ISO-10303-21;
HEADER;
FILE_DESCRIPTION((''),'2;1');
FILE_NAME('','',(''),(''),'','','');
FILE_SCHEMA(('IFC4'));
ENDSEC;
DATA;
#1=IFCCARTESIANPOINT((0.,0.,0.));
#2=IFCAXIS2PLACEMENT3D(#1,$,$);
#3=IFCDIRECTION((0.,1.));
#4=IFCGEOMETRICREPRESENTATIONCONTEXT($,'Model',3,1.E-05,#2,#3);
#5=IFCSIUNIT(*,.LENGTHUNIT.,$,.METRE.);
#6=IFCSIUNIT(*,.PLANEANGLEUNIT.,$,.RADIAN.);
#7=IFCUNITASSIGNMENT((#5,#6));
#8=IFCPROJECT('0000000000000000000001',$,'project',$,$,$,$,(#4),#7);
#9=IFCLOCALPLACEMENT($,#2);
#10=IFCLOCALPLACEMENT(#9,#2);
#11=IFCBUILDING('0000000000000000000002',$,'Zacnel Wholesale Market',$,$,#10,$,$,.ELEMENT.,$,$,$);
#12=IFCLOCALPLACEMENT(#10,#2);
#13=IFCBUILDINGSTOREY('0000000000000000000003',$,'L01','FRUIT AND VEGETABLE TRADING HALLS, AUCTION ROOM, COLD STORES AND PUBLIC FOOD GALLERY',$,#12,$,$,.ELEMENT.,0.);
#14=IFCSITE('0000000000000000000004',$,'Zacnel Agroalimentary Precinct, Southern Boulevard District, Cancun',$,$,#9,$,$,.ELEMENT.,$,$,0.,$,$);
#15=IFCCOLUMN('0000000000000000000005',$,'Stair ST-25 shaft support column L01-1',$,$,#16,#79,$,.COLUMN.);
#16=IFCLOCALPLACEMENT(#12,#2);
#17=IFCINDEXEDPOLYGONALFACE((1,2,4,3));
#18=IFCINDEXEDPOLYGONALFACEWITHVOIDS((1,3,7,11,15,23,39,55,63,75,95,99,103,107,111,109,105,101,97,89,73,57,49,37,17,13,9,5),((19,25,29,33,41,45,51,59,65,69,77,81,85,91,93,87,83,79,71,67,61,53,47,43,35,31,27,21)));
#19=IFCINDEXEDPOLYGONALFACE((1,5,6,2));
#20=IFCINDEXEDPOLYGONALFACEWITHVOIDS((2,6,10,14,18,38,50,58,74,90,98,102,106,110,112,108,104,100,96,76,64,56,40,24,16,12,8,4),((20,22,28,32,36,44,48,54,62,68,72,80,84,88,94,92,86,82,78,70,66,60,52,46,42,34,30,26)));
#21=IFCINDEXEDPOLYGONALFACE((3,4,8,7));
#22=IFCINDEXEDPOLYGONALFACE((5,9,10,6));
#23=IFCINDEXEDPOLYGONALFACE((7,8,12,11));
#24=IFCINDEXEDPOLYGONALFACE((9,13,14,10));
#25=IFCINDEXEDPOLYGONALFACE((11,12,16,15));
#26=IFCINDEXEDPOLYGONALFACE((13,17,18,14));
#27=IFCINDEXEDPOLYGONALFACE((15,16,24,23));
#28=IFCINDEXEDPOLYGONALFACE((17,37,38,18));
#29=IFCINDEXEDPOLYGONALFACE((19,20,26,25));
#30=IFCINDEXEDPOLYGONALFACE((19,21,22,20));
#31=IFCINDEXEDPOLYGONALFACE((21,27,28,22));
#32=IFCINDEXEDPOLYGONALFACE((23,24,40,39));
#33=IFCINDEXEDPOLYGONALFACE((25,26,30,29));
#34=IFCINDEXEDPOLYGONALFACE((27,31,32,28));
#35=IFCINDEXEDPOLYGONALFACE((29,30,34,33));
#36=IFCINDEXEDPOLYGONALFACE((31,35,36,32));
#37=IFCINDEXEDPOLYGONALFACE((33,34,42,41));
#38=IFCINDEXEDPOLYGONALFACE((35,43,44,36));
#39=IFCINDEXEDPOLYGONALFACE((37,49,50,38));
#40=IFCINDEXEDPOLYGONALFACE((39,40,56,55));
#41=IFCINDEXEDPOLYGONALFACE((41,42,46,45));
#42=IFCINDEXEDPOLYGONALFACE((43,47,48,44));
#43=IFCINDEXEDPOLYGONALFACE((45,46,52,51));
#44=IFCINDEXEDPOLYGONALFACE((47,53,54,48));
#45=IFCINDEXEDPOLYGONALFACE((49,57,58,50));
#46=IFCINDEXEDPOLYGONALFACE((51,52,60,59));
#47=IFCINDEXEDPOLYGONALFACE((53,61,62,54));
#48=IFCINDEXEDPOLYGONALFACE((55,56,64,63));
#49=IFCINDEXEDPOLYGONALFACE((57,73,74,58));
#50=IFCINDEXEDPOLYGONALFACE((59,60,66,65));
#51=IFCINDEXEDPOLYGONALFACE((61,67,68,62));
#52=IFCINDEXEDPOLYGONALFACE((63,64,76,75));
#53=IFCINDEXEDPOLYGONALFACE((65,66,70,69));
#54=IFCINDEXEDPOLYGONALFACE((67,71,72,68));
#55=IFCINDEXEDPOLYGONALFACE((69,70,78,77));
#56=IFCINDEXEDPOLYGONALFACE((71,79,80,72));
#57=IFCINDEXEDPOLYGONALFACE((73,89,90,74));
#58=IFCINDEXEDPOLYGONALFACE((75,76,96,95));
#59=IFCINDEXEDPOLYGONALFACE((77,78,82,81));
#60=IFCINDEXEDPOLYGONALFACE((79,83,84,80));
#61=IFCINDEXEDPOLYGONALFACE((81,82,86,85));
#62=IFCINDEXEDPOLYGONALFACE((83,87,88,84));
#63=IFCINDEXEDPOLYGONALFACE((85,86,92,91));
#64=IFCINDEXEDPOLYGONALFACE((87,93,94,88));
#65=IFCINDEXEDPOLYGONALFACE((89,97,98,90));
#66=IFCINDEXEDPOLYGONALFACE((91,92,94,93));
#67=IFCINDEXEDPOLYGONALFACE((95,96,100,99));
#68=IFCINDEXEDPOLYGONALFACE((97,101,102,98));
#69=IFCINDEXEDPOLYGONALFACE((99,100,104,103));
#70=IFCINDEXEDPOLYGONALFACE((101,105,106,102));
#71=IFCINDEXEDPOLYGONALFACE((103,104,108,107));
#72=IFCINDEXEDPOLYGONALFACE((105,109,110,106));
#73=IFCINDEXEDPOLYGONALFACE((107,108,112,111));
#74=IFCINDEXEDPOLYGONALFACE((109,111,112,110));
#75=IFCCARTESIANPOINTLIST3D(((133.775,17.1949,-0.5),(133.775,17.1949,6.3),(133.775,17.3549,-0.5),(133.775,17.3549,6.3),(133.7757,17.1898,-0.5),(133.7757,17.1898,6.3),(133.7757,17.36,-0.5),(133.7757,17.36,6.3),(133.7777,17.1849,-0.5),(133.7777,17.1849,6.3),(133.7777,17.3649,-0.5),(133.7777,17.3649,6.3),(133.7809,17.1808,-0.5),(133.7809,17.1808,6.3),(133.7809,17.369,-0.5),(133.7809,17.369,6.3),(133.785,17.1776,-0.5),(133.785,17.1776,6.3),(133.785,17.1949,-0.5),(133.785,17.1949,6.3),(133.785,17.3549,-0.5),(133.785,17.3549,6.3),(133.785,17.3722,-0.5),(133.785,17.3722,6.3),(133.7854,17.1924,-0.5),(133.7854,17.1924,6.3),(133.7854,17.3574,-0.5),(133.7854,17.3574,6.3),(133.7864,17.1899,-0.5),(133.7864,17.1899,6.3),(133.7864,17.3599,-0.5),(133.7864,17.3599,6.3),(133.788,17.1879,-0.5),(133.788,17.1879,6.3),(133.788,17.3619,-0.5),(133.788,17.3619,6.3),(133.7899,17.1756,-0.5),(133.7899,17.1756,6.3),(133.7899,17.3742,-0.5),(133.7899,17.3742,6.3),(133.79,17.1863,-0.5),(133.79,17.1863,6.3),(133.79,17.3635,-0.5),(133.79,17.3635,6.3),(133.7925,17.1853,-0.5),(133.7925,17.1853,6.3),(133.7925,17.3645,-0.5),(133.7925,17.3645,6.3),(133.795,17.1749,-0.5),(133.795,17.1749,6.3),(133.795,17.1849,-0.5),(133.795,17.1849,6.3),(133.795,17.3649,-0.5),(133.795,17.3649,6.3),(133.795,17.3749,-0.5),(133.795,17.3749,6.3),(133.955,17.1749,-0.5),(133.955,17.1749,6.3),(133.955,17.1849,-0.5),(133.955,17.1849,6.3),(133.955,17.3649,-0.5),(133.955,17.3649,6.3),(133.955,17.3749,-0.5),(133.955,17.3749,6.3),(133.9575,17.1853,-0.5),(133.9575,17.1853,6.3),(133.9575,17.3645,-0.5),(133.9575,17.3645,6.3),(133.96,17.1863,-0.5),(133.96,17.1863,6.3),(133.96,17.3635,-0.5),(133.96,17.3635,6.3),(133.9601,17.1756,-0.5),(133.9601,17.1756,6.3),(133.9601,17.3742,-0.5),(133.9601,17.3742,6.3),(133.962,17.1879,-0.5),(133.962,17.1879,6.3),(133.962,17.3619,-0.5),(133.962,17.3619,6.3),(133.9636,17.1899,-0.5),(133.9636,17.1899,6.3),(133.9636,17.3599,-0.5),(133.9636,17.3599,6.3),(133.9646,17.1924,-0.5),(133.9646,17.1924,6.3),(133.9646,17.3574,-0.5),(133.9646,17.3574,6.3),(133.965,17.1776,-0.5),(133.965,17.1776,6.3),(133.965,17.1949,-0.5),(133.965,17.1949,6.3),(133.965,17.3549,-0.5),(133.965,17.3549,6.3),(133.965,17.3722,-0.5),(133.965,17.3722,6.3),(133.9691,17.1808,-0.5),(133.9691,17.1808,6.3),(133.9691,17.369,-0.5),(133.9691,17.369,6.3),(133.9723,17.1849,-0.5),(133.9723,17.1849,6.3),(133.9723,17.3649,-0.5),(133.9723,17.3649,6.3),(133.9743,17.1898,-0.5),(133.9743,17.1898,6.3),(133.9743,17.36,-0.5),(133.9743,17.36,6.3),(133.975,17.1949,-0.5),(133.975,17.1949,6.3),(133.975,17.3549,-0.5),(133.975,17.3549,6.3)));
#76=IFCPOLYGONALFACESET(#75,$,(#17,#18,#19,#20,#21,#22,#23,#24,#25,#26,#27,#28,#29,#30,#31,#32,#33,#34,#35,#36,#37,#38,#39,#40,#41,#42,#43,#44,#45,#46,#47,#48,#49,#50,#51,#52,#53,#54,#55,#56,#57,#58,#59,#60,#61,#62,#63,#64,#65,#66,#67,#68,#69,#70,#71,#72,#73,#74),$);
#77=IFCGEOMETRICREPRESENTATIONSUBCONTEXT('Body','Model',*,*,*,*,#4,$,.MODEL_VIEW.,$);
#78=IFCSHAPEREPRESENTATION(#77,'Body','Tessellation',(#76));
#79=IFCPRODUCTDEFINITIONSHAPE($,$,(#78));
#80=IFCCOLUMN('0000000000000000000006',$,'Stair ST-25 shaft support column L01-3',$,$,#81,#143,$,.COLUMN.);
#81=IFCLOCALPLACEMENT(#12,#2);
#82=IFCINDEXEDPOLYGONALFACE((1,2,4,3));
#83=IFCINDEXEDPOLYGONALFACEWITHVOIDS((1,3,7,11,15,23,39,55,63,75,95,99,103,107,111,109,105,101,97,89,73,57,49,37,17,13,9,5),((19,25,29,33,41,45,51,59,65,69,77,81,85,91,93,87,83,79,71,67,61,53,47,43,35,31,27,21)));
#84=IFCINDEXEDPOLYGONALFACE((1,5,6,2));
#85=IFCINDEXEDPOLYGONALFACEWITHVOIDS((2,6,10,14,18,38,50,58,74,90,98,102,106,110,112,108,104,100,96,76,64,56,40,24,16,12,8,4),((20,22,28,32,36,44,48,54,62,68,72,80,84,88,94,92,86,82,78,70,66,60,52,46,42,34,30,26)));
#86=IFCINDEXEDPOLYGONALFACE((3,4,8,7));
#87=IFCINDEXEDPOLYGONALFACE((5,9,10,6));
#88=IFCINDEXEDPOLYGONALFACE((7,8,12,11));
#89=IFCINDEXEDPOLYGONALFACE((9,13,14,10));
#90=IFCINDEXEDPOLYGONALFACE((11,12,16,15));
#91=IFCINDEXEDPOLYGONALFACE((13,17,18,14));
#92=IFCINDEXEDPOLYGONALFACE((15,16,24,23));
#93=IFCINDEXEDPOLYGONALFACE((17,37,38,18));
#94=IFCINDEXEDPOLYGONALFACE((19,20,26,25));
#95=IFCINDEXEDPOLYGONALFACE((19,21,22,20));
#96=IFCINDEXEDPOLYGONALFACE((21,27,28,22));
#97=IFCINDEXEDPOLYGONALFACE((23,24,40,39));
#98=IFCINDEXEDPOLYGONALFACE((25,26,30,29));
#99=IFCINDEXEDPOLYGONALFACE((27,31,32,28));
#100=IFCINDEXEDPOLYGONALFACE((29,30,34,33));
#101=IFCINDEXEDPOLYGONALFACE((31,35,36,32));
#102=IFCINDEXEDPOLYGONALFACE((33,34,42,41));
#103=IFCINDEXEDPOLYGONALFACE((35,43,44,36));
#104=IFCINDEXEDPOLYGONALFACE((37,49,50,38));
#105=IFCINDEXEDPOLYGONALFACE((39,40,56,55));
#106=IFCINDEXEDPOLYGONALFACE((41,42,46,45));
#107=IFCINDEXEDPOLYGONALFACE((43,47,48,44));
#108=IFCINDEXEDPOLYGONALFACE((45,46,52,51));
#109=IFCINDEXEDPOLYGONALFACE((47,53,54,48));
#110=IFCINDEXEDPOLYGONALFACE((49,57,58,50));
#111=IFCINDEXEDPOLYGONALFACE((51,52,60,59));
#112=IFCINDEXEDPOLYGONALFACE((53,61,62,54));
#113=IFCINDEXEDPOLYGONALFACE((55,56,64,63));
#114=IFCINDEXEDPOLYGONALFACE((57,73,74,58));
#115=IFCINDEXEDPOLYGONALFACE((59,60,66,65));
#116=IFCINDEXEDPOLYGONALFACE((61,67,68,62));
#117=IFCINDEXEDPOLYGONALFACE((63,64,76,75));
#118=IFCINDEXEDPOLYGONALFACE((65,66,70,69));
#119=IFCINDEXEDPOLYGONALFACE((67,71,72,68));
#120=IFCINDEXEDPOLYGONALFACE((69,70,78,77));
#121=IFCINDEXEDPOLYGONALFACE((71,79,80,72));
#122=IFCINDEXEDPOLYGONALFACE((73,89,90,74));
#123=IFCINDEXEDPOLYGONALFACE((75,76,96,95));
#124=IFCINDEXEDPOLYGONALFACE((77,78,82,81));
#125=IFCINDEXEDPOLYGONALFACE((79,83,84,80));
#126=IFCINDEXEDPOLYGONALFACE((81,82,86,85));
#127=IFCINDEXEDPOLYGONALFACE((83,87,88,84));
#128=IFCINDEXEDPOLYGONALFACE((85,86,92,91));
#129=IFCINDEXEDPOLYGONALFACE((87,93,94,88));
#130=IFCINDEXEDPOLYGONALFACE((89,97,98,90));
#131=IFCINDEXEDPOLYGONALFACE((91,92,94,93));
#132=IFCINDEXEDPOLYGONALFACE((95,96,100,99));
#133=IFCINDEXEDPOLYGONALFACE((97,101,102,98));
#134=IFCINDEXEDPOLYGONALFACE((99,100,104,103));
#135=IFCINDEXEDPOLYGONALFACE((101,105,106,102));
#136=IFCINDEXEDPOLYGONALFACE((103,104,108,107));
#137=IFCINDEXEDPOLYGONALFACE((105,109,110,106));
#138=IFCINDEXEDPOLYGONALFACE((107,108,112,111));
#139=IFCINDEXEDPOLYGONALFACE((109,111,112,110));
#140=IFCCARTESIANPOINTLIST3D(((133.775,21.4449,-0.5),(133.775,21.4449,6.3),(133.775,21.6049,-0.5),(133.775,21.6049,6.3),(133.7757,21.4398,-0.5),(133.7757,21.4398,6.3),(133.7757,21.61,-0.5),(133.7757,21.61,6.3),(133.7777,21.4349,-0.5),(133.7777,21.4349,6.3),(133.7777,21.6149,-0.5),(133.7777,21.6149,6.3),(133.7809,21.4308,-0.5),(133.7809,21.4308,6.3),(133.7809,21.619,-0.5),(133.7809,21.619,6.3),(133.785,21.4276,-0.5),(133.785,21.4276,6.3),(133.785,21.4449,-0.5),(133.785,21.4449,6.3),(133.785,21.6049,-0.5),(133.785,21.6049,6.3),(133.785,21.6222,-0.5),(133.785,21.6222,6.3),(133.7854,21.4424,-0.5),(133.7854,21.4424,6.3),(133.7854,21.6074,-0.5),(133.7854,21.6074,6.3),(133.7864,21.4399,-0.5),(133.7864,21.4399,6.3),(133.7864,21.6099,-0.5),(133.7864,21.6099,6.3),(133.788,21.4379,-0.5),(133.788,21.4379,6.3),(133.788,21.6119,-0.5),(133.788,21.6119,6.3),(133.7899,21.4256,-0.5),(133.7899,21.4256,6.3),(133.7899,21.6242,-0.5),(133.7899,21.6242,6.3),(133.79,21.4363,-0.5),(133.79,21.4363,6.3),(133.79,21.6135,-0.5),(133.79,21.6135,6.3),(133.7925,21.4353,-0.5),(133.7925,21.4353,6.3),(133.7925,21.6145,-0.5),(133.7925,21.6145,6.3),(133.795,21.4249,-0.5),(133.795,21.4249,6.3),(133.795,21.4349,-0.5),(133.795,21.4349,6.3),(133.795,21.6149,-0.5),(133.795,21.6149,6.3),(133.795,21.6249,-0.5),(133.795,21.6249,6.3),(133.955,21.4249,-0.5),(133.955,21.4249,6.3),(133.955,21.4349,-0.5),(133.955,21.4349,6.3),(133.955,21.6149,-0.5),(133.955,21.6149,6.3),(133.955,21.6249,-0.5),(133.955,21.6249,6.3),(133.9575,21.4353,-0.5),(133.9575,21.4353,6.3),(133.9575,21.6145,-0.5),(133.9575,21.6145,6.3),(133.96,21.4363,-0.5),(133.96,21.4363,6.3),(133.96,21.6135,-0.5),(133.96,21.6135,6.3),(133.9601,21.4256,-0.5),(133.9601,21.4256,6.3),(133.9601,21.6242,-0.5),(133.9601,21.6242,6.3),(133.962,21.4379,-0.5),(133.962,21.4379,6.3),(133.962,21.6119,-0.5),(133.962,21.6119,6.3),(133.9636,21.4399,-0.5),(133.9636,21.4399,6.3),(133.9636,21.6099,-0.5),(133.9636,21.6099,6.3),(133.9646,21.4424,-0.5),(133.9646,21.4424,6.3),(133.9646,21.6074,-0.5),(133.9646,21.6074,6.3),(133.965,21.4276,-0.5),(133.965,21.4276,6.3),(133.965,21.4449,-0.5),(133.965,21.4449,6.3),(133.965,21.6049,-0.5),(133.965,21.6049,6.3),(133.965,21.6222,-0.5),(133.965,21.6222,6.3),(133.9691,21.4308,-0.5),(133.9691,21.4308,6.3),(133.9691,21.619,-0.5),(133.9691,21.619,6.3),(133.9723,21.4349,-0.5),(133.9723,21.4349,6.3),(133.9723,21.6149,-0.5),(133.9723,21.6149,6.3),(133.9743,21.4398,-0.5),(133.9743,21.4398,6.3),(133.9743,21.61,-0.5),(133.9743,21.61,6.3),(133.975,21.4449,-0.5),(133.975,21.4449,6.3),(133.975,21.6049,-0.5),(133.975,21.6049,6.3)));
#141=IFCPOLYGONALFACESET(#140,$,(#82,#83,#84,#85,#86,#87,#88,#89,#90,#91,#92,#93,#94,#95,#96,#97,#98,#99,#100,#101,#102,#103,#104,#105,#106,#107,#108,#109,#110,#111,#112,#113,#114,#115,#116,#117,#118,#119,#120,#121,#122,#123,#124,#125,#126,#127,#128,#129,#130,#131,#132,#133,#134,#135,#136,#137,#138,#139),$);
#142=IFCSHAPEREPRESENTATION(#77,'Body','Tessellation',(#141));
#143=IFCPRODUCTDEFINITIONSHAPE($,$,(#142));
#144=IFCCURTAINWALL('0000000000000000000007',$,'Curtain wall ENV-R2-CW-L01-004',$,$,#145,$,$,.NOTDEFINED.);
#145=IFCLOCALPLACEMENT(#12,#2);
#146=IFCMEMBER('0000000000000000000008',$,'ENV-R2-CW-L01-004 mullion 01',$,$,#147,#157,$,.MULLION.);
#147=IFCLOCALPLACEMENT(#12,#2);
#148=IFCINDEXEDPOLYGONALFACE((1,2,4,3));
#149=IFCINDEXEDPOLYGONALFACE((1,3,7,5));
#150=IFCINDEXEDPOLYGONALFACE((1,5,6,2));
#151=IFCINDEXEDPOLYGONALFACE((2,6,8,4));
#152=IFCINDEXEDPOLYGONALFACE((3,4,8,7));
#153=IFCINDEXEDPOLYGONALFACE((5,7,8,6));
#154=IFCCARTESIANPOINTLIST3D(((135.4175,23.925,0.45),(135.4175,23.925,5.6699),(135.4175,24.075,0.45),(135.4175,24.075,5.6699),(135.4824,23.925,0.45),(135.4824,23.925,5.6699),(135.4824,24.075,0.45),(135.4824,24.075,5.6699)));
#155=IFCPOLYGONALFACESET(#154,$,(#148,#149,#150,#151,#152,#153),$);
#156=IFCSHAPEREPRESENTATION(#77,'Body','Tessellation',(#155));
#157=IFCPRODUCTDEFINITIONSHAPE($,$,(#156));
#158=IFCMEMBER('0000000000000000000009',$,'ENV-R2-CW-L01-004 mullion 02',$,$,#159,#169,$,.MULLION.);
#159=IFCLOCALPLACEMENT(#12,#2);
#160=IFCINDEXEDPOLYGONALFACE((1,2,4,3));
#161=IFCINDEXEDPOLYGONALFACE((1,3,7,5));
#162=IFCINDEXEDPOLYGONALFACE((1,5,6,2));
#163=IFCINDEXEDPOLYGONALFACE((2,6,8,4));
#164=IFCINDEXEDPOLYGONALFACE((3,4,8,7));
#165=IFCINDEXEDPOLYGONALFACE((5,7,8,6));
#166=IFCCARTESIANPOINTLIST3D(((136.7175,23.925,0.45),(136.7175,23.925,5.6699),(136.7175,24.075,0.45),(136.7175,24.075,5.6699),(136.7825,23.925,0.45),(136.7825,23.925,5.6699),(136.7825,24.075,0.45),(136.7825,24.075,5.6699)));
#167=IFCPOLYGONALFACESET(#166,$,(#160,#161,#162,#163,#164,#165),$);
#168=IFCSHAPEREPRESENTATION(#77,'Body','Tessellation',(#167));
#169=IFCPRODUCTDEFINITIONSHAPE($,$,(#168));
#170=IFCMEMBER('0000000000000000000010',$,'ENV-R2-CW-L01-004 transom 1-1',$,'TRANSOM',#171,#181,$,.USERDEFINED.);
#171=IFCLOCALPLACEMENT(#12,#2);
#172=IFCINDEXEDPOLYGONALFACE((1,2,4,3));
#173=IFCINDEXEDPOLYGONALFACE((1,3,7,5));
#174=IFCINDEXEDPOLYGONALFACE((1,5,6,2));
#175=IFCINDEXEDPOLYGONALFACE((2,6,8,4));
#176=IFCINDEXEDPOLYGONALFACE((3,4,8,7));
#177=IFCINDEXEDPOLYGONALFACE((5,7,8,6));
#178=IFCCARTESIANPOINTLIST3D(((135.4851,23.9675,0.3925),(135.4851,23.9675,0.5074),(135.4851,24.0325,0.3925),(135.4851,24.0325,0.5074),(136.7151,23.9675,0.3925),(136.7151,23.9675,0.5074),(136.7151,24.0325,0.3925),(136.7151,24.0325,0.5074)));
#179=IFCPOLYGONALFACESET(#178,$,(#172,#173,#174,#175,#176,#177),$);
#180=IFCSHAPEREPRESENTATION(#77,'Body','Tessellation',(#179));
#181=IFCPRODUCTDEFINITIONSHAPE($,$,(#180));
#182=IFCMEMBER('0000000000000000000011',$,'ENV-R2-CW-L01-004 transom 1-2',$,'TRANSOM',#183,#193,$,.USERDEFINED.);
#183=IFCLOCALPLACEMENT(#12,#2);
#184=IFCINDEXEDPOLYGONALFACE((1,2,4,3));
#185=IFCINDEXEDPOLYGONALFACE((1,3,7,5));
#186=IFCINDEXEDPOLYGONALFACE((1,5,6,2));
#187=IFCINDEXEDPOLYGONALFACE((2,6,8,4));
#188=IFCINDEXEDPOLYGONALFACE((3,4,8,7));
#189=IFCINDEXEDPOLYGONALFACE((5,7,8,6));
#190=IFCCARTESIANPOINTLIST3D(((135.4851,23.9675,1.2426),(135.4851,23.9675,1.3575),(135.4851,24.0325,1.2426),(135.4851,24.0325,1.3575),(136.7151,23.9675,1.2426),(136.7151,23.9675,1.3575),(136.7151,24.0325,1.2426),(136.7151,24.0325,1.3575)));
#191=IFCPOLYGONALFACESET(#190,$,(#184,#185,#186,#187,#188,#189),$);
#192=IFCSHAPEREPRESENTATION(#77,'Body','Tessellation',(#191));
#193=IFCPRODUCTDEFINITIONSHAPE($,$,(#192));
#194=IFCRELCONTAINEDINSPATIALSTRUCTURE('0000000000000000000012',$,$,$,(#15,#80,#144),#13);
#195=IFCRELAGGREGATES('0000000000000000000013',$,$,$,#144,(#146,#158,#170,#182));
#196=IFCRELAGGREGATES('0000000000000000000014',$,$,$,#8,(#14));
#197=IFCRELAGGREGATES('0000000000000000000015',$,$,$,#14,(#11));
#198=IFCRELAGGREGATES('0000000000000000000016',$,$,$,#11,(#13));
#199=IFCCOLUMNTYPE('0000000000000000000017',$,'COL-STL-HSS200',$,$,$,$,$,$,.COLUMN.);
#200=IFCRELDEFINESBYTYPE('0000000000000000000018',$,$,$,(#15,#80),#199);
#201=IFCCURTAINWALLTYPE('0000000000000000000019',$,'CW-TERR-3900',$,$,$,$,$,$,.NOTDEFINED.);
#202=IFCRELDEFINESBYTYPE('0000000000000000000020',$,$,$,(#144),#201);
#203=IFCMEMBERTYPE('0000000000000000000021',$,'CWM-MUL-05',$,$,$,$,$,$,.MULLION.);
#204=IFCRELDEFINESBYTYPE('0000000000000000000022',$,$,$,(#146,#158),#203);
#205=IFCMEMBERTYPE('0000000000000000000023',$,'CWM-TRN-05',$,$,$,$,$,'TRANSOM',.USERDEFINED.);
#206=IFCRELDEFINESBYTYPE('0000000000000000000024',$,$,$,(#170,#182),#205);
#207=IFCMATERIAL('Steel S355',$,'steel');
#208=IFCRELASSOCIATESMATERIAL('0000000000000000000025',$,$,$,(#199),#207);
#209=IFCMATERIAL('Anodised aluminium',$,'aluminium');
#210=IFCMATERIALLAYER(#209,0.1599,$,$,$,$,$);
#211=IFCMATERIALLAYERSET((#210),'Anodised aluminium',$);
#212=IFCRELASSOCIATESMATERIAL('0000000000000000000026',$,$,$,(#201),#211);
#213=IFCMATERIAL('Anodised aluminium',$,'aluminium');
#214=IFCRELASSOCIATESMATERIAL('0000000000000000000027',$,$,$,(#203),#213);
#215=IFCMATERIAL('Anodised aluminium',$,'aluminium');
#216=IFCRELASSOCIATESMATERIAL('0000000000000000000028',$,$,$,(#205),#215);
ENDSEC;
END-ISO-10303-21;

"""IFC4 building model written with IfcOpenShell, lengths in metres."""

from ifc_helpers import new_model, si_unit, direction, frame, origin, origin_2d, place, context, subcontext, project, spatial, rectangle, hollow_rectangle, extrude, material, layer, layer_set, material_profile, profile_set, type_object, element, aggregate, save


model = new_model("IFC4")

# Units and contexts
model_context = context("Model", 3, precision=1e-05, world=origin(), true_north=direction((0.0, 1.0)))
body_context = subcontext(model_context, "Body", "Model", "MODEL_VIEW")
ifc_project = project(units=[si_unit("LENGTHUNIT", "METRE"), si_unit("PLANEANGLEUNIT", "RADIAN")], contexts=[model_context])

# Site, building, storey
site_placement = place(None, origin())
site = spatial("IfcSite", under=ifc_project, at=site_placement, Name="Zacnel Agroalimentary Precinct, Southern Boulevard District, Cancun", CompositionType="ELEMENT", RefElevation=0.0)
building_placement = place(site_placement, origin())
building = spatial("IfcBuilding", under=site, at=building_placement, Name="Zacnel Wholesale Market", CompositionType="ELEMENT")
storey_placement = place(building_placement, origin())
storey = spatial("IfcBuildingStorey", under=building, at=storey_placement, Name="L01", Description="FRUIT AND VEGETABLE TRADING HALLS, AUCTION ROOM, COLD STORES AND PUBLIC FOOD GALLERY", CompositionType="ELEMENT", Elevation=0.0)

# Columns
ifc_material_1 = material(Name="Steel S355", Category="steel")
ifc_material_profile_1 = material_profile(ifc_material_1, hollow_rectangle(XDim=0.2, YDim=0.2, WallThickness=0.01, InnerFilletRadius=0.01, OuterFilletRadius=0.02, at=origin_2d()), Name="HSS 200x200x10")
ifc_profile_set_1 = profile_set([ifc_material_profile_1], Name="Steel S355")
column_type_1 = type_object("IfcColumnType", Name="COL-STL-HSS200", PredefinedType="COLUMN", material=ifc_profile_set_1)
for number, where, z_axis, x_axis, name in (
    (1, (133.875, 17.2749, -0.5), (0.0, 0.0, 1.0), (1.0, 0.0, 0.0), "Stair ST-25 shaft support column L01-1"),
    (2, (133.875, 21.5249, -0.5), (0.0, 0.0, 1.0), (1.0, 0.0, 0.0), "Stair ST-25 shaft support column L01-3"),
):
    element("IfcColumn", number, at=place(storey_placement, frame(where, z_axis=z_axis, x_axis=x_axis)), inside=storey, type_object=column_type_1, Name=name, PredefinedType="COLUMN", context=body_context, shape_type="SweptSolid", body=[
        extrude(hollow_rectangle(XDim=0.2, YDim=0.2, WallThickness=0.01, InnerFilletRadius=0.01, OuterFilletRadius=0.02, at=origin_2d()), origin(), (0.0, 0.0, 1.0), 6.8),
    ])

# Curtain wall, members
ifc_material_2 = material(Name="Anodised aluminium", Category="aluminium")
ifc_layer_1 = layer(ifc_material_2, 0.1599)
ifc_layer_set_1 = layer_set([ifc_layer_1], Name="Anodised aluminium")
curtain_wall_type = type_object("IfcCurtainWallType", Name="CW-TERR-3900", PredefinedType="NOTDEFINED", material=ifc_layer_set_1)
curtain_wall_placement = place(storey_placement, origin())
curtain_wall = element("IfcCurtainWall", 3, at=curtain_wall_placement, inside=storey, type_object=curtain_wall_type, Name="Curtain wall ENV-R2-CW-L01-004", PredefinedType="NOTDEFINED")
ifc_material_3 = material(Name="Anodised aluminium", Category="aluminium")
ifc_material_profile_2 = material_profile(ifc_material_3, rectangle(XDim=0.0649, YDim=0.1499, at=origin_2d()), Name="AW-MULLION 65x150")
ifc_profile_set_2 = profile_set([ifc_material_profile_2], Name="Anodised aluminium")
member_type_1 = type_object("IfcMemberType", Name="CWM-MUL-05", PredefinedType="MULLION", material=ifc_profile_set_2)
member_1_placement = place(storey_placement, frame((135.45, 24.0, 0.45), z_axis=(0.0, 0.0, 1.0), x_axis=(1.0, 0.0, 0.0)))
member_1 = element("IfcMember", 4, at=member_1_placement, type_object=member_type_1, Name="ENV-R2-CW-L01-004 mullion 01", PredefinedType="MULLION", context=body_context, shape_type="SweptSolid", body=[
    extrude(rectangle(XDim=0.0649, YDim=0.1499, at=origin_2d()), origin(), (0.0, 0.0, 1.0), 5.22),
])
member_2_placement = place(storey_placement, frame((136.75, 24.0, 0.45), z_axis=(0.0, 0.0, 1.0), x_axis=(1.0, 0.0, 0.0)))
member_2 = element("IfcMember", 5, at=member_2_placement, type_object=member_type_1, Name="ENV-R2-CW-L01-004 mullion 02", PredefinedType="MULLION", context=body_context, shape_type="SweptSolid", body=[
    extrude(rectangle(XDim=0.0649, YDim=0.1499, at=origin_2d()), origin(), (0.0, 0.0, 1.0), 5.22),
])
ifc_material_4 = material(Name="Anodised aluminium", Category="aluminium")
ifc_material_profile_3 = material_profile(ifc_material_4, rectangle(XDim=0.0649, YDim=0.115, at=origin_2d()), Name="AW-TRANSOM 65x115")
ifc_profile_set_3 = profile_set([ifc_material_profile_3], Name="Anodised aluminium")
member_type_2 = type_object("IfcMemberType", Name="CWM-TRN-05", ElementType="TRANSOM", PredefinedType="USERDEFINED", material=ifc_profile_set_3)
member_3_placement = place(storey_placement, frame((135.4851, 24.0, 0.45), z_axis=(1.0, 0.0, 0.0), x_axis=(0.0, 1.0, 0.0)))
member_3 = element("IfcMember", 6, at=member_3_placement, type_object=member_type_2, Name="ENV-R2-CW-L01-004 transom 1-1", ObjectType="TRANSOM", PredefinedType="USERDEFINED", context=body_context, shape_type="SweptSolid", body=[
    extrude(rectangle(XDim=0.0649, YDim=0.115, at=origin_2d()), origin(), (0.0, 0.0, 1.0), 1.23),
])
member_4_placement = place(storey_placement, frame((135.4851, 24.0, 1.3), z_axis=(1.0, 0.0, 0.0), x_axis=(0.0, 1.0, 0.0)))
member_4 = element("IfcMember", 7, at=member_4_placement, type_object=member_type_2, Name="ENV-R2-CW-L01-004 transom 1-2", ObjectType="TRANSOM", PredefinedType="USERDEFINED", context=body_context, shape_type="SweptSolid", body=[
    extrude(rectangle(XDim=0.0649, YDim=0.115, at=origin_2d()), origin(), (0.0, 0.0, 1.0), 1.23),
])
aggregate(curtain_wall, [member_1, member_2, member_3, member_4])

save(model, "model.ifc")
